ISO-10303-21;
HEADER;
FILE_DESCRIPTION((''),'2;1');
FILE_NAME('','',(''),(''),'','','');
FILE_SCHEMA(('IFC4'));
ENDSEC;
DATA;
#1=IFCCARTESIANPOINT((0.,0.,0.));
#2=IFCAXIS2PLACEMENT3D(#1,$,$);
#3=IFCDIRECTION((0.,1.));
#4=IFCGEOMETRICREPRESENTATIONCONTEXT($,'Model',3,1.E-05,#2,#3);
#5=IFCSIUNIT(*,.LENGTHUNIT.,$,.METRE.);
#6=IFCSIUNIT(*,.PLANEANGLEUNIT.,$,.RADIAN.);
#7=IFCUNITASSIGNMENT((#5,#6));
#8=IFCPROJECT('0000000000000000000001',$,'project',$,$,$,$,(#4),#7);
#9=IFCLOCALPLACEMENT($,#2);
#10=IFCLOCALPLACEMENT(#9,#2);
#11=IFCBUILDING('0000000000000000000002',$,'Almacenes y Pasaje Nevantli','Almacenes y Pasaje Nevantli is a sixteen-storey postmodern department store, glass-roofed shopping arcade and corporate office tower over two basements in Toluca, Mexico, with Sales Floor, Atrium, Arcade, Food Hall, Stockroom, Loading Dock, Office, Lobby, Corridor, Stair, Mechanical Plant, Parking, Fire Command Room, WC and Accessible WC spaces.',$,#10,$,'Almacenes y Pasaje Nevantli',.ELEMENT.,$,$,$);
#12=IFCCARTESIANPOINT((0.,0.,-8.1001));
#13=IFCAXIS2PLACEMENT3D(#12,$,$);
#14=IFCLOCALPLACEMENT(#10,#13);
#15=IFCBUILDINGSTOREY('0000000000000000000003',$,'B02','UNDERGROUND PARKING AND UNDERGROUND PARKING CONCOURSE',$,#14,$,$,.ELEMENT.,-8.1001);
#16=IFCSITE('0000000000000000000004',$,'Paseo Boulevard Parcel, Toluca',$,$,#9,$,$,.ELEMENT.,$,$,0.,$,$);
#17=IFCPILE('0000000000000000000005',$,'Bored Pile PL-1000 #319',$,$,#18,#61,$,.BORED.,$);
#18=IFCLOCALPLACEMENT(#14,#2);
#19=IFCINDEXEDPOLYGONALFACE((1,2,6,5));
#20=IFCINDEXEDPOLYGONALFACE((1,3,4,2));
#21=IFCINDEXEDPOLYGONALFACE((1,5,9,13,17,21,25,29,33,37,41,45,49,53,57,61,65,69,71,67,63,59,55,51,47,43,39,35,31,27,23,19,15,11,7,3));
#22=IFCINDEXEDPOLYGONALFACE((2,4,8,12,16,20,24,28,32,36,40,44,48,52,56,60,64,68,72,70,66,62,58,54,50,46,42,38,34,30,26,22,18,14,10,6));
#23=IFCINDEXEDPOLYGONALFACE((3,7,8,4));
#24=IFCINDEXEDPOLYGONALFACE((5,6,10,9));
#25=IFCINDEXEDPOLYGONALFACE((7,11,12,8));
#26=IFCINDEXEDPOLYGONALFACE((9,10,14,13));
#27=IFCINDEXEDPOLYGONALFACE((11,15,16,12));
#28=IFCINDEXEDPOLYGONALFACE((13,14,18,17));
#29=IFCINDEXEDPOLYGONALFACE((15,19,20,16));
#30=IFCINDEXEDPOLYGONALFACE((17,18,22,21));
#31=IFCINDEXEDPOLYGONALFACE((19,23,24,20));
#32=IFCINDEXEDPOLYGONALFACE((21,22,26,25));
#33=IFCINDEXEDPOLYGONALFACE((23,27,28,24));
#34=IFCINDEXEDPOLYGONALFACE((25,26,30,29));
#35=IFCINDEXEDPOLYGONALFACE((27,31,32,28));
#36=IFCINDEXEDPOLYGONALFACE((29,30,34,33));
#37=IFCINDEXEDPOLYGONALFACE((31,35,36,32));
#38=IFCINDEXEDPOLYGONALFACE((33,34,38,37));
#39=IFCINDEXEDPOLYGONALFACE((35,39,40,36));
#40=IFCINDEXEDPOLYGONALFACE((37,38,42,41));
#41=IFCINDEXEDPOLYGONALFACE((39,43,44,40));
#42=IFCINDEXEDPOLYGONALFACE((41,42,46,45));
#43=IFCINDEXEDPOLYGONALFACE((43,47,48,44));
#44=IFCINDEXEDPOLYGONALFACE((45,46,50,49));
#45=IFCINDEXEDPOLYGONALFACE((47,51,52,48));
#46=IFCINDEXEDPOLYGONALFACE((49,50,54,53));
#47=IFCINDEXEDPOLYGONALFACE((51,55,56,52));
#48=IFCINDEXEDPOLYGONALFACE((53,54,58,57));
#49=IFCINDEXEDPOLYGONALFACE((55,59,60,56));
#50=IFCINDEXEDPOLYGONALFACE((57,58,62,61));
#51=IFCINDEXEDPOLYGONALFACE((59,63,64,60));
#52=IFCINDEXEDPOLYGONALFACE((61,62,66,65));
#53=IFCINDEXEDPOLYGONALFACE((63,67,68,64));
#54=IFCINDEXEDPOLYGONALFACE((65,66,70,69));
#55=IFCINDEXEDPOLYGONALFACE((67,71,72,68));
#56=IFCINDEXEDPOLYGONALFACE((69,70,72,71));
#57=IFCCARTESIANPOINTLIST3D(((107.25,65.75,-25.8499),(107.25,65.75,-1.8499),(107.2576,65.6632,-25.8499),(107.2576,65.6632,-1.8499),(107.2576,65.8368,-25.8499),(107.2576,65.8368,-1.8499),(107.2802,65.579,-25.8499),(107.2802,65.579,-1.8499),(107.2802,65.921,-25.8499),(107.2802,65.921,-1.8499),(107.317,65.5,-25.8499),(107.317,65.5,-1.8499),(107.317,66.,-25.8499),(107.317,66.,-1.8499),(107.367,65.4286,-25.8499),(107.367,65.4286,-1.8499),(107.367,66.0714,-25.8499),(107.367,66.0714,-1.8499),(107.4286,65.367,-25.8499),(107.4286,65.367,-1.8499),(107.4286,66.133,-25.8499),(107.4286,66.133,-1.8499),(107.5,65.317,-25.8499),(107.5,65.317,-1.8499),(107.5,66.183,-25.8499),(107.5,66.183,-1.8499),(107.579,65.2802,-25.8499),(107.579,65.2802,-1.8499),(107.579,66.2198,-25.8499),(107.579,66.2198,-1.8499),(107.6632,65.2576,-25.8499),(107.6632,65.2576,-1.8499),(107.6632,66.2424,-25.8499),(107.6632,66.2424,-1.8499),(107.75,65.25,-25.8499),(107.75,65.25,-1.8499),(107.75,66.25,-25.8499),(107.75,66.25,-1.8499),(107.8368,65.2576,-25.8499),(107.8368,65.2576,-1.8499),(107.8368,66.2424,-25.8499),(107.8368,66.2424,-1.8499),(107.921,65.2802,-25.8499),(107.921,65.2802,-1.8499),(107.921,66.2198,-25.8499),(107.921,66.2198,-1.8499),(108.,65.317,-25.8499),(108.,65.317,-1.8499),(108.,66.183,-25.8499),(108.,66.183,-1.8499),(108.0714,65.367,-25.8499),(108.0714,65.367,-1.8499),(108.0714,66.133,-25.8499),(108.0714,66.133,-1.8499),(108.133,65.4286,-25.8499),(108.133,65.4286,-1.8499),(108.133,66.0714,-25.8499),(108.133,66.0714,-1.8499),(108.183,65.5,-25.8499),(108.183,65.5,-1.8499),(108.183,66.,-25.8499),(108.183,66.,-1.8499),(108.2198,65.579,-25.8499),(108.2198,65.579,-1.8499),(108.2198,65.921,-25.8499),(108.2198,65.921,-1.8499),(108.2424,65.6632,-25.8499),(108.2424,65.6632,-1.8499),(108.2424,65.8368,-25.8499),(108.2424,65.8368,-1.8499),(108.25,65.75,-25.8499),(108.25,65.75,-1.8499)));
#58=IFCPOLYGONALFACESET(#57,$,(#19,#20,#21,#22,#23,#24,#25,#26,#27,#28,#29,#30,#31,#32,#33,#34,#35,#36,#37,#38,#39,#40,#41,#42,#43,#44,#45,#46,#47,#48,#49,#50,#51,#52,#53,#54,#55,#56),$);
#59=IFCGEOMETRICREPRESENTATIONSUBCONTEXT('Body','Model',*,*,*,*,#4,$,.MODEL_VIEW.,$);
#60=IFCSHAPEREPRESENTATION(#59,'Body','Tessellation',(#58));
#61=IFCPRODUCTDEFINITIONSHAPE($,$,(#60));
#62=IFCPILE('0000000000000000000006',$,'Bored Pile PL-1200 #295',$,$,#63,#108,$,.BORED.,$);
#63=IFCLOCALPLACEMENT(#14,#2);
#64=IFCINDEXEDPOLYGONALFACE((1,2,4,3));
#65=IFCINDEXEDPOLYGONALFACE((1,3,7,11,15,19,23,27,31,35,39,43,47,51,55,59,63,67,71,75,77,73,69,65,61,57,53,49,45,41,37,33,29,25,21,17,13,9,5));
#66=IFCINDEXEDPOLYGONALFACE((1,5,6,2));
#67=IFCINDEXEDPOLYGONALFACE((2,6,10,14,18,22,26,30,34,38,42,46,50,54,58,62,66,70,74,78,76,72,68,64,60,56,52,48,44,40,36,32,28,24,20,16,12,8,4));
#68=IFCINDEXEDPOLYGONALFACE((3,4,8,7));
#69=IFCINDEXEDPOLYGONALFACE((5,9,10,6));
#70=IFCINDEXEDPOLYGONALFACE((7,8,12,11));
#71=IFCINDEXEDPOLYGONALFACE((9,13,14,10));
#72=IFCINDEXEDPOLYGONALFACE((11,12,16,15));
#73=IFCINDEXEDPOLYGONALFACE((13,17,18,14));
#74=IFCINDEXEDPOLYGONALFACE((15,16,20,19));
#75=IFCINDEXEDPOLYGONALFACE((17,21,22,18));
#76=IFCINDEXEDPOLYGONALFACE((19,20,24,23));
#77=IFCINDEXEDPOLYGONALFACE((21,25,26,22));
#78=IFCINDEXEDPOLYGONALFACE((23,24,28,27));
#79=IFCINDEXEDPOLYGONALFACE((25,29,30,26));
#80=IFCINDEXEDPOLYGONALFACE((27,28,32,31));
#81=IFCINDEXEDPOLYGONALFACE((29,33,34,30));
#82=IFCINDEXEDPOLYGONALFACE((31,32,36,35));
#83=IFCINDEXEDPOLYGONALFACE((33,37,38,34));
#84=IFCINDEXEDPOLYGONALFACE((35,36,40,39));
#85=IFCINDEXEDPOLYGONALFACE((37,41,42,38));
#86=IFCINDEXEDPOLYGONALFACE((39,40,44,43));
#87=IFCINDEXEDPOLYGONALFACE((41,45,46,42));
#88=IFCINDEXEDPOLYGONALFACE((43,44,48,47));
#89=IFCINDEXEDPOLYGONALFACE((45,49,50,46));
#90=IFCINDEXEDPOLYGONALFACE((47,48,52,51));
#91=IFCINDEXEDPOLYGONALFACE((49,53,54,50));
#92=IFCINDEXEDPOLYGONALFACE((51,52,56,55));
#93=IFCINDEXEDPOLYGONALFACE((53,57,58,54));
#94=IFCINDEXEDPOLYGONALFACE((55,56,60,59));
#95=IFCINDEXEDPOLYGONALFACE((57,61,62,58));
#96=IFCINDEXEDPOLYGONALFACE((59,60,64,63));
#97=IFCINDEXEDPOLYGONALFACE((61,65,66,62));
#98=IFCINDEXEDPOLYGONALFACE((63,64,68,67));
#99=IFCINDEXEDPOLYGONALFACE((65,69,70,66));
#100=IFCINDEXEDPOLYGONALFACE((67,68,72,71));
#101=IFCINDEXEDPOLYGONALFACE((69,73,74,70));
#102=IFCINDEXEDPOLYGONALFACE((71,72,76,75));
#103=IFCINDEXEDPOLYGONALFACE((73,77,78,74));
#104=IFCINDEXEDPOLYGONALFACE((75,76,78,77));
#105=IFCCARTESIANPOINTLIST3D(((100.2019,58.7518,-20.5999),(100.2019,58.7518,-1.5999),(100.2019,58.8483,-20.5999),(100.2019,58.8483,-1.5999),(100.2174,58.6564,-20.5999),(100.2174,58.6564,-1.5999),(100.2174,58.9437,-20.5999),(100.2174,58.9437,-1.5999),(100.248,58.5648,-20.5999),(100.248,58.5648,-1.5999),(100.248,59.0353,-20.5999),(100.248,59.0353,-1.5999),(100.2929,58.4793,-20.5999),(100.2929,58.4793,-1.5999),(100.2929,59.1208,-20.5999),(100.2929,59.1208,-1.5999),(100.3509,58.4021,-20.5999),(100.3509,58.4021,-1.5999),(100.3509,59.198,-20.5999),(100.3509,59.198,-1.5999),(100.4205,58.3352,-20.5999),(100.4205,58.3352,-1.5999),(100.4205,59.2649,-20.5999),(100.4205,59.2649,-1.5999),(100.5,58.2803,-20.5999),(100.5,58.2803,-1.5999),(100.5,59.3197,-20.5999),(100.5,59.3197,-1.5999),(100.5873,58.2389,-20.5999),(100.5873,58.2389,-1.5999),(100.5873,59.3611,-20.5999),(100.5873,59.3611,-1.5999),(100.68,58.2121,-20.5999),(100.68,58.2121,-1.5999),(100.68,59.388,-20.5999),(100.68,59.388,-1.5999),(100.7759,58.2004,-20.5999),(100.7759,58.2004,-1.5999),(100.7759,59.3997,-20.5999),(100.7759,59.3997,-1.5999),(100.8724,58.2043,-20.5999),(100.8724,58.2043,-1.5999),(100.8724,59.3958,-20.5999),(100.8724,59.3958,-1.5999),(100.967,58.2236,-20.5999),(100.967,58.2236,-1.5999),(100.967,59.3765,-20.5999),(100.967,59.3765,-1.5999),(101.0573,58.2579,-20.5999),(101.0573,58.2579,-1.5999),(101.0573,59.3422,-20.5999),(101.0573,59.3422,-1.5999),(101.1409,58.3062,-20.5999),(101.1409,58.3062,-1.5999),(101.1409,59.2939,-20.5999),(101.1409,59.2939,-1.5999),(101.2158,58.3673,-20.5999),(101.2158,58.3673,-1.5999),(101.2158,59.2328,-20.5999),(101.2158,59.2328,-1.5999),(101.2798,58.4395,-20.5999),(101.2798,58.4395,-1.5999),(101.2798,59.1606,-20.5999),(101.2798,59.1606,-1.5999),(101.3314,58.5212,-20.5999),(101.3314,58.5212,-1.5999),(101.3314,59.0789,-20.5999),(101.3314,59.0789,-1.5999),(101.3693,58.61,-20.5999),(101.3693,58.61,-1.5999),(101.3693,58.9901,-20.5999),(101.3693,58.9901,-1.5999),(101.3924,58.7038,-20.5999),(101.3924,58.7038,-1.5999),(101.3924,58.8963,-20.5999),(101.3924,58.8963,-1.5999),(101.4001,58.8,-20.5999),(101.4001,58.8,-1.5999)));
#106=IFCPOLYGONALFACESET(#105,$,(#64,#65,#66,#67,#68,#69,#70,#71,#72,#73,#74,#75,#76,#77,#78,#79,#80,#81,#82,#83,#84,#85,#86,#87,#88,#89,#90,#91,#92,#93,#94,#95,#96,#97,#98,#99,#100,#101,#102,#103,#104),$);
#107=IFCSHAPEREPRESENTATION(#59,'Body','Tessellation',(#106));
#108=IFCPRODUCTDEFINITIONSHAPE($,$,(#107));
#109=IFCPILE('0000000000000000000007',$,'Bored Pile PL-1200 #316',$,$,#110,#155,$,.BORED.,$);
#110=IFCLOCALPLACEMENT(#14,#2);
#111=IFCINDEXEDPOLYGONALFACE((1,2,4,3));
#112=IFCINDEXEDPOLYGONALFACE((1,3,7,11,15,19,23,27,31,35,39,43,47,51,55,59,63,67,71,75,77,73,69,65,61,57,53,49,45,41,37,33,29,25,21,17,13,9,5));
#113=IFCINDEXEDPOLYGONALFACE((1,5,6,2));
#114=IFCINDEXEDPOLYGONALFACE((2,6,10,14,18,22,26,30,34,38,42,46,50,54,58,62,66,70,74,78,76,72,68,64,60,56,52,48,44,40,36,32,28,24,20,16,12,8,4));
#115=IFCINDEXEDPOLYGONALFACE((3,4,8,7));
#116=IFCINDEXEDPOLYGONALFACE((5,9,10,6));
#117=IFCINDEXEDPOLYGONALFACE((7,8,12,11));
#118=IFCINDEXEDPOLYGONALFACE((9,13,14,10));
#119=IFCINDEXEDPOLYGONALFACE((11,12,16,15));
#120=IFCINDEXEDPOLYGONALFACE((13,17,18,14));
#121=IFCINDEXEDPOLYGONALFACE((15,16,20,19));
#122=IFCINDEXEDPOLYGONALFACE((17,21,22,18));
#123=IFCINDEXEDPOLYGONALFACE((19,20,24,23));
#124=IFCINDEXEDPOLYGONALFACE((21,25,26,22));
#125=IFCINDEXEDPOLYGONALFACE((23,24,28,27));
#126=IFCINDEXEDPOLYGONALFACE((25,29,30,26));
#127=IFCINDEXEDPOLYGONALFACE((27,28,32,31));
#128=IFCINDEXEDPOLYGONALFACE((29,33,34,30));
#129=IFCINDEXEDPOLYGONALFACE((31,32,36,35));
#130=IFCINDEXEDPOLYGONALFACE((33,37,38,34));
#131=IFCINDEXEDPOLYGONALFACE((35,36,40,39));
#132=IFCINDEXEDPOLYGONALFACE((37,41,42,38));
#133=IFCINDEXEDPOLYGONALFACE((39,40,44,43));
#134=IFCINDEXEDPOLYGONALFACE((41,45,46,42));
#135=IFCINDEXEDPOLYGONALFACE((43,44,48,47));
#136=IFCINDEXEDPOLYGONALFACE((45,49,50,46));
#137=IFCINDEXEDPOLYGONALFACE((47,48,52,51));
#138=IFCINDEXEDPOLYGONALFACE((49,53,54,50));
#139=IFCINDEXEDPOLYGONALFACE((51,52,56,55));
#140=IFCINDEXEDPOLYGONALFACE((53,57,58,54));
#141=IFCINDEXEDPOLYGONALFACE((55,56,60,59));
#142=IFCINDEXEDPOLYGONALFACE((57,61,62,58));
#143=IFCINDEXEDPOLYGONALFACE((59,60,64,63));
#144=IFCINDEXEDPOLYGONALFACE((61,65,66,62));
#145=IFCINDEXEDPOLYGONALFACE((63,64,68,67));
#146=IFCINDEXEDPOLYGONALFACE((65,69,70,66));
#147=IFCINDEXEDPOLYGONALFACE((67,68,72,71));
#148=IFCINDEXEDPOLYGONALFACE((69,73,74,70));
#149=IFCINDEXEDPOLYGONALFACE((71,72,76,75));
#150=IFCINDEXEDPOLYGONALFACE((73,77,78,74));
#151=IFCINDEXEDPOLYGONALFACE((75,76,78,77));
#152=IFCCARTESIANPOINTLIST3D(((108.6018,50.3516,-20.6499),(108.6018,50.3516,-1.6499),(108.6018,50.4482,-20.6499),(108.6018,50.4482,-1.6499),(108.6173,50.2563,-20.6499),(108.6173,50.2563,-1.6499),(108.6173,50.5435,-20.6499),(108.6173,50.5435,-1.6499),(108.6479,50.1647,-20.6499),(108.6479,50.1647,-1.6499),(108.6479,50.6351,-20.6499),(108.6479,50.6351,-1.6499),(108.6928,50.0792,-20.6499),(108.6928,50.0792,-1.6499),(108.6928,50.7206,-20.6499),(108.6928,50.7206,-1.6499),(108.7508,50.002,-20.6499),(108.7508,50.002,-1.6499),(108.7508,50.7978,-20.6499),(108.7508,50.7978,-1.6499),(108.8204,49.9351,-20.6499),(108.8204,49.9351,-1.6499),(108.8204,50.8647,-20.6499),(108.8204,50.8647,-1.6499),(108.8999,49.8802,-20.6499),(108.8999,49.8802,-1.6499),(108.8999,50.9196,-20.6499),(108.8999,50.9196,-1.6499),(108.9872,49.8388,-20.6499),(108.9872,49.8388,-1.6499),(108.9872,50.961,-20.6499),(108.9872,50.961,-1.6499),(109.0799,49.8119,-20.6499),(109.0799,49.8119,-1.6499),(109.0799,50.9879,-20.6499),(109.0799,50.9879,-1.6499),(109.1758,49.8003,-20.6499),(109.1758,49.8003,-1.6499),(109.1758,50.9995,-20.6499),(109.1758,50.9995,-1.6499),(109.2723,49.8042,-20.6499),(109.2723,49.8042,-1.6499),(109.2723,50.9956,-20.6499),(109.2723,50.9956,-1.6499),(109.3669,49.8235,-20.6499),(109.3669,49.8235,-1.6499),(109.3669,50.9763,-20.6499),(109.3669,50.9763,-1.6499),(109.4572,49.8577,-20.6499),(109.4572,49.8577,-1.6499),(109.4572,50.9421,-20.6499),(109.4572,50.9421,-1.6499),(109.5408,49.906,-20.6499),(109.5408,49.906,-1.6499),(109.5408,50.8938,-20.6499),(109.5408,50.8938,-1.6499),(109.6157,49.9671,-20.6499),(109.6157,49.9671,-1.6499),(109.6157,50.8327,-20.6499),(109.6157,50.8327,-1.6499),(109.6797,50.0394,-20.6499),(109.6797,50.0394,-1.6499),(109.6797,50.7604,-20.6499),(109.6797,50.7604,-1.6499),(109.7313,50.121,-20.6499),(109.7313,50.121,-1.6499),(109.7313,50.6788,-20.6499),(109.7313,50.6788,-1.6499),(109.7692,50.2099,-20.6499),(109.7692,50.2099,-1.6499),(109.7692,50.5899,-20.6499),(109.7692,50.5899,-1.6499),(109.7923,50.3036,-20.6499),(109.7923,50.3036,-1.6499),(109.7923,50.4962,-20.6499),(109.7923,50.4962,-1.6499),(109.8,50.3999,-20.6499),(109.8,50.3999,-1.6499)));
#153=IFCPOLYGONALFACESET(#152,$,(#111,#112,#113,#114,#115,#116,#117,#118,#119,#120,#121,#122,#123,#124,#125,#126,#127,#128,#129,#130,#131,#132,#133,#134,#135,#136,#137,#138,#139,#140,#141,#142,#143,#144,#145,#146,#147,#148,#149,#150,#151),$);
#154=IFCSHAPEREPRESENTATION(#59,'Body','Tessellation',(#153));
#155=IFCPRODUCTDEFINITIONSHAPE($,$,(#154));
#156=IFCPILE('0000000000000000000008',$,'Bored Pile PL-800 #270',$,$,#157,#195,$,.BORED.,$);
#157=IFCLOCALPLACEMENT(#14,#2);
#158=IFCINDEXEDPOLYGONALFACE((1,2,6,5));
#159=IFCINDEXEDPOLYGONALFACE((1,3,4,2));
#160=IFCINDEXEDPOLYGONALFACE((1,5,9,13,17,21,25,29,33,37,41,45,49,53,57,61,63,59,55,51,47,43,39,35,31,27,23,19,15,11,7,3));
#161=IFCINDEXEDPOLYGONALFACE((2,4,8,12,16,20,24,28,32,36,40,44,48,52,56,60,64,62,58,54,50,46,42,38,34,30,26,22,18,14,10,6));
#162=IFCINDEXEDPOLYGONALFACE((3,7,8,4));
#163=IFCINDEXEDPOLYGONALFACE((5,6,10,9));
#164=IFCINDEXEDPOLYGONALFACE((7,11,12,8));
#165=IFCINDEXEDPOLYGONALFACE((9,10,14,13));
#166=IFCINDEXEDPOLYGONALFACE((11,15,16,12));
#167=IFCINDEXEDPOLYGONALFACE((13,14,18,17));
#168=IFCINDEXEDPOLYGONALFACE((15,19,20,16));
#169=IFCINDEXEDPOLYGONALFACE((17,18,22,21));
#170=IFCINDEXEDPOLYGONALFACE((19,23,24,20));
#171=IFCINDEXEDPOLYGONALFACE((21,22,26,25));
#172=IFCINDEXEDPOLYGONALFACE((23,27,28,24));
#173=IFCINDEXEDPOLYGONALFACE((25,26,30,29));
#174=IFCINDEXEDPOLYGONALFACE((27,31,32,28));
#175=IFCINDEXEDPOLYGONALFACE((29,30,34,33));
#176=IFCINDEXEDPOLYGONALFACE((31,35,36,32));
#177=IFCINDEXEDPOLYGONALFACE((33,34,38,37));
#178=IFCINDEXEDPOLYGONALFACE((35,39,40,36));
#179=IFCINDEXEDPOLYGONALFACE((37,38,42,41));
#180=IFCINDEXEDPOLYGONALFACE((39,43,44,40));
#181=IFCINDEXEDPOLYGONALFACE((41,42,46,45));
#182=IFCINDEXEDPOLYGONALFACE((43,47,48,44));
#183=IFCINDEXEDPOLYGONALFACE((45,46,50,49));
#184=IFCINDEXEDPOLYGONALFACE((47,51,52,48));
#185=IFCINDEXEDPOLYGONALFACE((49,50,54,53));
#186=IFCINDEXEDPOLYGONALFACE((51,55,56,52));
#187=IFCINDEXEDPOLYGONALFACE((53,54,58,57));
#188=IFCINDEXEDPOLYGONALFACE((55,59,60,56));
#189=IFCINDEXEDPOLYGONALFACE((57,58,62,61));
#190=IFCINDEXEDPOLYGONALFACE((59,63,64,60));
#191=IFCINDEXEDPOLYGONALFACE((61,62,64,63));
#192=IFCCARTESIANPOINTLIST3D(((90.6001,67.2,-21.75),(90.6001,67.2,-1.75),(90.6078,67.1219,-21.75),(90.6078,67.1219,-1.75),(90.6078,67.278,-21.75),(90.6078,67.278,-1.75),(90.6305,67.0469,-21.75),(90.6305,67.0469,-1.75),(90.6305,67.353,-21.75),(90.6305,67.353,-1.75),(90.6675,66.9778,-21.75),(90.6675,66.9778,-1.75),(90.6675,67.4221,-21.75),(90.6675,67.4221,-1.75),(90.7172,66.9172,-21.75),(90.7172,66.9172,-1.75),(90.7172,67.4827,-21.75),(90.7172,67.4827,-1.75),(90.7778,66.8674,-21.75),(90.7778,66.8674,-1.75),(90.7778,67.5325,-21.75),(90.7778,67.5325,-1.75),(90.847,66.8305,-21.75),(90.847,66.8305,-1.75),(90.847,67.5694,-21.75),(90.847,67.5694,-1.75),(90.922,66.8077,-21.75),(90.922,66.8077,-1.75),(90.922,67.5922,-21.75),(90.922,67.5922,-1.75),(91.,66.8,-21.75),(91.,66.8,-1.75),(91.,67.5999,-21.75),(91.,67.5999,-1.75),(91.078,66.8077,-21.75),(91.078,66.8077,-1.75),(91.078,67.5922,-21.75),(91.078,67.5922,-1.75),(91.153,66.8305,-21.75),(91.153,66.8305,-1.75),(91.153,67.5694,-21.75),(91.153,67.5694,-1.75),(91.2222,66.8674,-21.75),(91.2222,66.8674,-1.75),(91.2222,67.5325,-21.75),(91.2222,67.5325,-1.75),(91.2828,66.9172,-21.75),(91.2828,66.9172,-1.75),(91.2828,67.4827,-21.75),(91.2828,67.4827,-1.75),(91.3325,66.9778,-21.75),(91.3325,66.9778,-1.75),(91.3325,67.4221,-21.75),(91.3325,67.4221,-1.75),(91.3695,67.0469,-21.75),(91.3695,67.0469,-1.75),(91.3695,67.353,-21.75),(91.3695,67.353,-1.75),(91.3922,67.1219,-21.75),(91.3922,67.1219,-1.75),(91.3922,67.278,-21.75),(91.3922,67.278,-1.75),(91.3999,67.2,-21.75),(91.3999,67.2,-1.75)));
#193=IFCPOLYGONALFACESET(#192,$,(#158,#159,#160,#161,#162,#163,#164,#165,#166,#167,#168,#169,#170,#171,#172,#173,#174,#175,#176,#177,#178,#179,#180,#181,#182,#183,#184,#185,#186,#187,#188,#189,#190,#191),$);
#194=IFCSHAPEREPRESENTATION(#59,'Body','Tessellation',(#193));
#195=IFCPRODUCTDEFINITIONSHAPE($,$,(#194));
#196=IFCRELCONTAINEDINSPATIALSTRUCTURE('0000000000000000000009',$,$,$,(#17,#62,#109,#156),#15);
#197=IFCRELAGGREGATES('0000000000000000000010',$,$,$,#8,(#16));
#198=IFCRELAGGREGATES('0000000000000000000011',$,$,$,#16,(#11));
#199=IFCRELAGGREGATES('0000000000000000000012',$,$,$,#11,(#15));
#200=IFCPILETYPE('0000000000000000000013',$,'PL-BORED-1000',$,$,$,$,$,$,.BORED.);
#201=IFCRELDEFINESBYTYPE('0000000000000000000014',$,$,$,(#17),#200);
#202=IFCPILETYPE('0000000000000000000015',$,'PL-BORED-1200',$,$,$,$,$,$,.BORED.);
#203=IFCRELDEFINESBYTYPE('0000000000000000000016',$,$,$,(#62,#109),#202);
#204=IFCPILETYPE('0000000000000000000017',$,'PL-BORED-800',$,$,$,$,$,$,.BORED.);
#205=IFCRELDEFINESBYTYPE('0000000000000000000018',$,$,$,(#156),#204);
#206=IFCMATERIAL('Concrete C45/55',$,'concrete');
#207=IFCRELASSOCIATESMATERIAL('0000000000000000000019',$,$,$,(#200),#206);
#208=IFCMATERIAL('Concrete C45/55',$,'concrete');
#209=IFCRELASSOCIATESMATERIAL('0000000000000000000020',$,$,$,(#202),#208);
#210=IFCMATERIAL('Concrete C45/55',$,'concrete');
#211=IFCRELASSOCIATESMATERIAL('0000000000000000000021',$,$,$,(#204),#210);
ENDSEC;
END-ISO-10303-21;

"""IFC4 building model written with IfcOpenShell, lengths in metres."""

from ifc_helpers import new_model, si_unit, direction, frame, origin, origin_2d, place, context, subcontext, project, spatial, circle, extrude, material, material_profile, profile_set, type_object, element, save


model = new_model("IFC4")

# Units and contexts
model_context = context("Model", 3, precision=1e-05, world=origin(), true_north=direction((0.0, 1.0)))
body_context = subcontext(model_context, "Body", "Model", "MODEL_VIEW")
ifc_project = project(units=[si_unit("LENGTHUNIT", "METRE"), si_unit("PLANEANGLEUNIT", "RADIAN")], contexts=[model_context])

# Site, building, storey
site_placement = place(None, origin())
site = spatial("IfcSite", under=ifc_project, at=site_placement, Name="Paseo Boulevard Parcel, Toluca", CompositionType="ELEMENT", RefElevation=0.0)
building_placement = place(site_placement, origin())
building = spatial("IfcBuilding", under=site, at=building_placement, Name="Almacenes y Pasaje Nevantli", Description="Almacenes y Pasaje Nevantli is a sixteen-storey postmodern department store, glass-roofed shopping arcade and corporate office tower over two basements in Toluca, Mexico, with Sales Floor, Atrium, Arcade, Food Hall, Stockroom, Loading Dock, Office, Lobby, Corridor, Stair, Mechanical Plant, Parking, Fire Command Room, WC and Accessible WC spaces.", LongName="Almacenes y Pasaje Nevantli", CompositionType="ELEMENT")
storey_placement = place(building_placement, frame((0.0, 0.0, -8.1001)))
storey = spatial("IfcBuildingStorey", under=building, at=storey_placement, Name="B02", Description="UNDERGROUND PARKING AND UNDERGROUND PARKING CONCOURSE", CompositionType="ELEMENT", Elevation=-8.1001)

# Piles
ifc_material_1 = material(Name="Concrete C45/55", Category="concrete")
ifc_material_profile_1 = material_profile(ifc_material_1, circle(Radius=0.5, at=origin_2d()), Name="RC-PILE-D1000")
ifc_profile_set_1 = profile_set([ifc_material_profile_1], Name="Concrete C45/55")
pile_type_1 = type_object("IfcPileType", Name="PL-BORED-1000", PredefinedType="BORED", material=ifc_profile_set_1)
pile_placement = place(storey_placement, frame((107.75, 65.75, -1.8499), z_axis=(0.0, 0.0, -1.0), x_axis=(1.0, 0.0, 0.0)))
element("IfcPile", 1, at=pile_placement, inside=storey, type_object=pile_type_1, Name="Bored Pile PL-1000 #319", PredefinedType="BORED", context=body_context, shape_type="SweptSolid", body=[
    extrude(circle(Radius=0.5, at=origin_2d()), origin(), (0.0, 0.0, 1.0), 24.0),
])
ifc_material_2 = material(Name="Concrete C45/55", Category="concrete")
ifc_material_profile_2 = material_profile(ifc_material_2, circle(Radius=0.6001, at=origin_2d()), Name="RC-PILE-D1200")
ifc_profile_set_2 = profile_set([ifc_material_profile_2], Name="Concrete C45/55")
pile_type_2 = type_object("IfcPileType", Name="PL-BORED-1200", PredefinedType="BORED", material=ifc_profile_set_2)
for number, where, z_axis, x_axis, name in (
    (2, (100.8, 58.8, -1.5999), (0.0, 0.0, -1.0), (1.0, 0.0, 0.0), "Bored Pile PL-1200 #295"),
    (3, (109.2, 50.3999, -1.6499), (0.0, 0.0, -1.0), (1.0, 0.0, 0.0), "Bored Pile PL-1200 #316"),
):
    element("IfcPile", number, at=place(storey_placement, frame(where, z_axis=z_axis, x_axis=x_axis)), inside=storey, type_object=pile_type_2, Name=name, PredefinedType="BORED", context=body_context, shape_type="SweptSolid", body=[
        extrude(circle(Radius=0.6001, at=origin_2d()), origin(), (0.0, 0.0, 1.0), 19.0),
    ])
ifc_material_3 = material(Name="Concrete C45/55", Category="concrete")
ifc_material_profile_3 = material_profile(ifc_material_3, circle(Radius=0.3999, at=origin_2d()), Name="RC-PILE-D800")
ifc_profile_set_3 = profile_set([ifc_material_profile_3], Name="Concrete C45/55")
pile_type_3 = type_object("IfcPileType", Name="PL-BORED-800", PredefinedType="BORED", material=ifc_profile_set_3)
for number, where, z_axis, x_axis, name in (
    (4, (91.0, 67.2, -1.75), (0.0, 0.0, -1.0), (1.0, 0.0, 0.0), "Bored Pile PL-800 #270"),
):
    element("IfcPile", number, at=place(storey_placement, frame(where, z_axis=z_axis, x_axis=x_axis)), inside=storey, type_object=pile_type_3, Name=name, PredefinedType="BORED", context=body_context, shape_type="SweptSolid", body=[
        extrude(circle(Radius=0.3999, at=origin_2d()), origin(), (0.0, 0.0, 1.0), 20.0),
    ])

save(model, "model.ifc")
